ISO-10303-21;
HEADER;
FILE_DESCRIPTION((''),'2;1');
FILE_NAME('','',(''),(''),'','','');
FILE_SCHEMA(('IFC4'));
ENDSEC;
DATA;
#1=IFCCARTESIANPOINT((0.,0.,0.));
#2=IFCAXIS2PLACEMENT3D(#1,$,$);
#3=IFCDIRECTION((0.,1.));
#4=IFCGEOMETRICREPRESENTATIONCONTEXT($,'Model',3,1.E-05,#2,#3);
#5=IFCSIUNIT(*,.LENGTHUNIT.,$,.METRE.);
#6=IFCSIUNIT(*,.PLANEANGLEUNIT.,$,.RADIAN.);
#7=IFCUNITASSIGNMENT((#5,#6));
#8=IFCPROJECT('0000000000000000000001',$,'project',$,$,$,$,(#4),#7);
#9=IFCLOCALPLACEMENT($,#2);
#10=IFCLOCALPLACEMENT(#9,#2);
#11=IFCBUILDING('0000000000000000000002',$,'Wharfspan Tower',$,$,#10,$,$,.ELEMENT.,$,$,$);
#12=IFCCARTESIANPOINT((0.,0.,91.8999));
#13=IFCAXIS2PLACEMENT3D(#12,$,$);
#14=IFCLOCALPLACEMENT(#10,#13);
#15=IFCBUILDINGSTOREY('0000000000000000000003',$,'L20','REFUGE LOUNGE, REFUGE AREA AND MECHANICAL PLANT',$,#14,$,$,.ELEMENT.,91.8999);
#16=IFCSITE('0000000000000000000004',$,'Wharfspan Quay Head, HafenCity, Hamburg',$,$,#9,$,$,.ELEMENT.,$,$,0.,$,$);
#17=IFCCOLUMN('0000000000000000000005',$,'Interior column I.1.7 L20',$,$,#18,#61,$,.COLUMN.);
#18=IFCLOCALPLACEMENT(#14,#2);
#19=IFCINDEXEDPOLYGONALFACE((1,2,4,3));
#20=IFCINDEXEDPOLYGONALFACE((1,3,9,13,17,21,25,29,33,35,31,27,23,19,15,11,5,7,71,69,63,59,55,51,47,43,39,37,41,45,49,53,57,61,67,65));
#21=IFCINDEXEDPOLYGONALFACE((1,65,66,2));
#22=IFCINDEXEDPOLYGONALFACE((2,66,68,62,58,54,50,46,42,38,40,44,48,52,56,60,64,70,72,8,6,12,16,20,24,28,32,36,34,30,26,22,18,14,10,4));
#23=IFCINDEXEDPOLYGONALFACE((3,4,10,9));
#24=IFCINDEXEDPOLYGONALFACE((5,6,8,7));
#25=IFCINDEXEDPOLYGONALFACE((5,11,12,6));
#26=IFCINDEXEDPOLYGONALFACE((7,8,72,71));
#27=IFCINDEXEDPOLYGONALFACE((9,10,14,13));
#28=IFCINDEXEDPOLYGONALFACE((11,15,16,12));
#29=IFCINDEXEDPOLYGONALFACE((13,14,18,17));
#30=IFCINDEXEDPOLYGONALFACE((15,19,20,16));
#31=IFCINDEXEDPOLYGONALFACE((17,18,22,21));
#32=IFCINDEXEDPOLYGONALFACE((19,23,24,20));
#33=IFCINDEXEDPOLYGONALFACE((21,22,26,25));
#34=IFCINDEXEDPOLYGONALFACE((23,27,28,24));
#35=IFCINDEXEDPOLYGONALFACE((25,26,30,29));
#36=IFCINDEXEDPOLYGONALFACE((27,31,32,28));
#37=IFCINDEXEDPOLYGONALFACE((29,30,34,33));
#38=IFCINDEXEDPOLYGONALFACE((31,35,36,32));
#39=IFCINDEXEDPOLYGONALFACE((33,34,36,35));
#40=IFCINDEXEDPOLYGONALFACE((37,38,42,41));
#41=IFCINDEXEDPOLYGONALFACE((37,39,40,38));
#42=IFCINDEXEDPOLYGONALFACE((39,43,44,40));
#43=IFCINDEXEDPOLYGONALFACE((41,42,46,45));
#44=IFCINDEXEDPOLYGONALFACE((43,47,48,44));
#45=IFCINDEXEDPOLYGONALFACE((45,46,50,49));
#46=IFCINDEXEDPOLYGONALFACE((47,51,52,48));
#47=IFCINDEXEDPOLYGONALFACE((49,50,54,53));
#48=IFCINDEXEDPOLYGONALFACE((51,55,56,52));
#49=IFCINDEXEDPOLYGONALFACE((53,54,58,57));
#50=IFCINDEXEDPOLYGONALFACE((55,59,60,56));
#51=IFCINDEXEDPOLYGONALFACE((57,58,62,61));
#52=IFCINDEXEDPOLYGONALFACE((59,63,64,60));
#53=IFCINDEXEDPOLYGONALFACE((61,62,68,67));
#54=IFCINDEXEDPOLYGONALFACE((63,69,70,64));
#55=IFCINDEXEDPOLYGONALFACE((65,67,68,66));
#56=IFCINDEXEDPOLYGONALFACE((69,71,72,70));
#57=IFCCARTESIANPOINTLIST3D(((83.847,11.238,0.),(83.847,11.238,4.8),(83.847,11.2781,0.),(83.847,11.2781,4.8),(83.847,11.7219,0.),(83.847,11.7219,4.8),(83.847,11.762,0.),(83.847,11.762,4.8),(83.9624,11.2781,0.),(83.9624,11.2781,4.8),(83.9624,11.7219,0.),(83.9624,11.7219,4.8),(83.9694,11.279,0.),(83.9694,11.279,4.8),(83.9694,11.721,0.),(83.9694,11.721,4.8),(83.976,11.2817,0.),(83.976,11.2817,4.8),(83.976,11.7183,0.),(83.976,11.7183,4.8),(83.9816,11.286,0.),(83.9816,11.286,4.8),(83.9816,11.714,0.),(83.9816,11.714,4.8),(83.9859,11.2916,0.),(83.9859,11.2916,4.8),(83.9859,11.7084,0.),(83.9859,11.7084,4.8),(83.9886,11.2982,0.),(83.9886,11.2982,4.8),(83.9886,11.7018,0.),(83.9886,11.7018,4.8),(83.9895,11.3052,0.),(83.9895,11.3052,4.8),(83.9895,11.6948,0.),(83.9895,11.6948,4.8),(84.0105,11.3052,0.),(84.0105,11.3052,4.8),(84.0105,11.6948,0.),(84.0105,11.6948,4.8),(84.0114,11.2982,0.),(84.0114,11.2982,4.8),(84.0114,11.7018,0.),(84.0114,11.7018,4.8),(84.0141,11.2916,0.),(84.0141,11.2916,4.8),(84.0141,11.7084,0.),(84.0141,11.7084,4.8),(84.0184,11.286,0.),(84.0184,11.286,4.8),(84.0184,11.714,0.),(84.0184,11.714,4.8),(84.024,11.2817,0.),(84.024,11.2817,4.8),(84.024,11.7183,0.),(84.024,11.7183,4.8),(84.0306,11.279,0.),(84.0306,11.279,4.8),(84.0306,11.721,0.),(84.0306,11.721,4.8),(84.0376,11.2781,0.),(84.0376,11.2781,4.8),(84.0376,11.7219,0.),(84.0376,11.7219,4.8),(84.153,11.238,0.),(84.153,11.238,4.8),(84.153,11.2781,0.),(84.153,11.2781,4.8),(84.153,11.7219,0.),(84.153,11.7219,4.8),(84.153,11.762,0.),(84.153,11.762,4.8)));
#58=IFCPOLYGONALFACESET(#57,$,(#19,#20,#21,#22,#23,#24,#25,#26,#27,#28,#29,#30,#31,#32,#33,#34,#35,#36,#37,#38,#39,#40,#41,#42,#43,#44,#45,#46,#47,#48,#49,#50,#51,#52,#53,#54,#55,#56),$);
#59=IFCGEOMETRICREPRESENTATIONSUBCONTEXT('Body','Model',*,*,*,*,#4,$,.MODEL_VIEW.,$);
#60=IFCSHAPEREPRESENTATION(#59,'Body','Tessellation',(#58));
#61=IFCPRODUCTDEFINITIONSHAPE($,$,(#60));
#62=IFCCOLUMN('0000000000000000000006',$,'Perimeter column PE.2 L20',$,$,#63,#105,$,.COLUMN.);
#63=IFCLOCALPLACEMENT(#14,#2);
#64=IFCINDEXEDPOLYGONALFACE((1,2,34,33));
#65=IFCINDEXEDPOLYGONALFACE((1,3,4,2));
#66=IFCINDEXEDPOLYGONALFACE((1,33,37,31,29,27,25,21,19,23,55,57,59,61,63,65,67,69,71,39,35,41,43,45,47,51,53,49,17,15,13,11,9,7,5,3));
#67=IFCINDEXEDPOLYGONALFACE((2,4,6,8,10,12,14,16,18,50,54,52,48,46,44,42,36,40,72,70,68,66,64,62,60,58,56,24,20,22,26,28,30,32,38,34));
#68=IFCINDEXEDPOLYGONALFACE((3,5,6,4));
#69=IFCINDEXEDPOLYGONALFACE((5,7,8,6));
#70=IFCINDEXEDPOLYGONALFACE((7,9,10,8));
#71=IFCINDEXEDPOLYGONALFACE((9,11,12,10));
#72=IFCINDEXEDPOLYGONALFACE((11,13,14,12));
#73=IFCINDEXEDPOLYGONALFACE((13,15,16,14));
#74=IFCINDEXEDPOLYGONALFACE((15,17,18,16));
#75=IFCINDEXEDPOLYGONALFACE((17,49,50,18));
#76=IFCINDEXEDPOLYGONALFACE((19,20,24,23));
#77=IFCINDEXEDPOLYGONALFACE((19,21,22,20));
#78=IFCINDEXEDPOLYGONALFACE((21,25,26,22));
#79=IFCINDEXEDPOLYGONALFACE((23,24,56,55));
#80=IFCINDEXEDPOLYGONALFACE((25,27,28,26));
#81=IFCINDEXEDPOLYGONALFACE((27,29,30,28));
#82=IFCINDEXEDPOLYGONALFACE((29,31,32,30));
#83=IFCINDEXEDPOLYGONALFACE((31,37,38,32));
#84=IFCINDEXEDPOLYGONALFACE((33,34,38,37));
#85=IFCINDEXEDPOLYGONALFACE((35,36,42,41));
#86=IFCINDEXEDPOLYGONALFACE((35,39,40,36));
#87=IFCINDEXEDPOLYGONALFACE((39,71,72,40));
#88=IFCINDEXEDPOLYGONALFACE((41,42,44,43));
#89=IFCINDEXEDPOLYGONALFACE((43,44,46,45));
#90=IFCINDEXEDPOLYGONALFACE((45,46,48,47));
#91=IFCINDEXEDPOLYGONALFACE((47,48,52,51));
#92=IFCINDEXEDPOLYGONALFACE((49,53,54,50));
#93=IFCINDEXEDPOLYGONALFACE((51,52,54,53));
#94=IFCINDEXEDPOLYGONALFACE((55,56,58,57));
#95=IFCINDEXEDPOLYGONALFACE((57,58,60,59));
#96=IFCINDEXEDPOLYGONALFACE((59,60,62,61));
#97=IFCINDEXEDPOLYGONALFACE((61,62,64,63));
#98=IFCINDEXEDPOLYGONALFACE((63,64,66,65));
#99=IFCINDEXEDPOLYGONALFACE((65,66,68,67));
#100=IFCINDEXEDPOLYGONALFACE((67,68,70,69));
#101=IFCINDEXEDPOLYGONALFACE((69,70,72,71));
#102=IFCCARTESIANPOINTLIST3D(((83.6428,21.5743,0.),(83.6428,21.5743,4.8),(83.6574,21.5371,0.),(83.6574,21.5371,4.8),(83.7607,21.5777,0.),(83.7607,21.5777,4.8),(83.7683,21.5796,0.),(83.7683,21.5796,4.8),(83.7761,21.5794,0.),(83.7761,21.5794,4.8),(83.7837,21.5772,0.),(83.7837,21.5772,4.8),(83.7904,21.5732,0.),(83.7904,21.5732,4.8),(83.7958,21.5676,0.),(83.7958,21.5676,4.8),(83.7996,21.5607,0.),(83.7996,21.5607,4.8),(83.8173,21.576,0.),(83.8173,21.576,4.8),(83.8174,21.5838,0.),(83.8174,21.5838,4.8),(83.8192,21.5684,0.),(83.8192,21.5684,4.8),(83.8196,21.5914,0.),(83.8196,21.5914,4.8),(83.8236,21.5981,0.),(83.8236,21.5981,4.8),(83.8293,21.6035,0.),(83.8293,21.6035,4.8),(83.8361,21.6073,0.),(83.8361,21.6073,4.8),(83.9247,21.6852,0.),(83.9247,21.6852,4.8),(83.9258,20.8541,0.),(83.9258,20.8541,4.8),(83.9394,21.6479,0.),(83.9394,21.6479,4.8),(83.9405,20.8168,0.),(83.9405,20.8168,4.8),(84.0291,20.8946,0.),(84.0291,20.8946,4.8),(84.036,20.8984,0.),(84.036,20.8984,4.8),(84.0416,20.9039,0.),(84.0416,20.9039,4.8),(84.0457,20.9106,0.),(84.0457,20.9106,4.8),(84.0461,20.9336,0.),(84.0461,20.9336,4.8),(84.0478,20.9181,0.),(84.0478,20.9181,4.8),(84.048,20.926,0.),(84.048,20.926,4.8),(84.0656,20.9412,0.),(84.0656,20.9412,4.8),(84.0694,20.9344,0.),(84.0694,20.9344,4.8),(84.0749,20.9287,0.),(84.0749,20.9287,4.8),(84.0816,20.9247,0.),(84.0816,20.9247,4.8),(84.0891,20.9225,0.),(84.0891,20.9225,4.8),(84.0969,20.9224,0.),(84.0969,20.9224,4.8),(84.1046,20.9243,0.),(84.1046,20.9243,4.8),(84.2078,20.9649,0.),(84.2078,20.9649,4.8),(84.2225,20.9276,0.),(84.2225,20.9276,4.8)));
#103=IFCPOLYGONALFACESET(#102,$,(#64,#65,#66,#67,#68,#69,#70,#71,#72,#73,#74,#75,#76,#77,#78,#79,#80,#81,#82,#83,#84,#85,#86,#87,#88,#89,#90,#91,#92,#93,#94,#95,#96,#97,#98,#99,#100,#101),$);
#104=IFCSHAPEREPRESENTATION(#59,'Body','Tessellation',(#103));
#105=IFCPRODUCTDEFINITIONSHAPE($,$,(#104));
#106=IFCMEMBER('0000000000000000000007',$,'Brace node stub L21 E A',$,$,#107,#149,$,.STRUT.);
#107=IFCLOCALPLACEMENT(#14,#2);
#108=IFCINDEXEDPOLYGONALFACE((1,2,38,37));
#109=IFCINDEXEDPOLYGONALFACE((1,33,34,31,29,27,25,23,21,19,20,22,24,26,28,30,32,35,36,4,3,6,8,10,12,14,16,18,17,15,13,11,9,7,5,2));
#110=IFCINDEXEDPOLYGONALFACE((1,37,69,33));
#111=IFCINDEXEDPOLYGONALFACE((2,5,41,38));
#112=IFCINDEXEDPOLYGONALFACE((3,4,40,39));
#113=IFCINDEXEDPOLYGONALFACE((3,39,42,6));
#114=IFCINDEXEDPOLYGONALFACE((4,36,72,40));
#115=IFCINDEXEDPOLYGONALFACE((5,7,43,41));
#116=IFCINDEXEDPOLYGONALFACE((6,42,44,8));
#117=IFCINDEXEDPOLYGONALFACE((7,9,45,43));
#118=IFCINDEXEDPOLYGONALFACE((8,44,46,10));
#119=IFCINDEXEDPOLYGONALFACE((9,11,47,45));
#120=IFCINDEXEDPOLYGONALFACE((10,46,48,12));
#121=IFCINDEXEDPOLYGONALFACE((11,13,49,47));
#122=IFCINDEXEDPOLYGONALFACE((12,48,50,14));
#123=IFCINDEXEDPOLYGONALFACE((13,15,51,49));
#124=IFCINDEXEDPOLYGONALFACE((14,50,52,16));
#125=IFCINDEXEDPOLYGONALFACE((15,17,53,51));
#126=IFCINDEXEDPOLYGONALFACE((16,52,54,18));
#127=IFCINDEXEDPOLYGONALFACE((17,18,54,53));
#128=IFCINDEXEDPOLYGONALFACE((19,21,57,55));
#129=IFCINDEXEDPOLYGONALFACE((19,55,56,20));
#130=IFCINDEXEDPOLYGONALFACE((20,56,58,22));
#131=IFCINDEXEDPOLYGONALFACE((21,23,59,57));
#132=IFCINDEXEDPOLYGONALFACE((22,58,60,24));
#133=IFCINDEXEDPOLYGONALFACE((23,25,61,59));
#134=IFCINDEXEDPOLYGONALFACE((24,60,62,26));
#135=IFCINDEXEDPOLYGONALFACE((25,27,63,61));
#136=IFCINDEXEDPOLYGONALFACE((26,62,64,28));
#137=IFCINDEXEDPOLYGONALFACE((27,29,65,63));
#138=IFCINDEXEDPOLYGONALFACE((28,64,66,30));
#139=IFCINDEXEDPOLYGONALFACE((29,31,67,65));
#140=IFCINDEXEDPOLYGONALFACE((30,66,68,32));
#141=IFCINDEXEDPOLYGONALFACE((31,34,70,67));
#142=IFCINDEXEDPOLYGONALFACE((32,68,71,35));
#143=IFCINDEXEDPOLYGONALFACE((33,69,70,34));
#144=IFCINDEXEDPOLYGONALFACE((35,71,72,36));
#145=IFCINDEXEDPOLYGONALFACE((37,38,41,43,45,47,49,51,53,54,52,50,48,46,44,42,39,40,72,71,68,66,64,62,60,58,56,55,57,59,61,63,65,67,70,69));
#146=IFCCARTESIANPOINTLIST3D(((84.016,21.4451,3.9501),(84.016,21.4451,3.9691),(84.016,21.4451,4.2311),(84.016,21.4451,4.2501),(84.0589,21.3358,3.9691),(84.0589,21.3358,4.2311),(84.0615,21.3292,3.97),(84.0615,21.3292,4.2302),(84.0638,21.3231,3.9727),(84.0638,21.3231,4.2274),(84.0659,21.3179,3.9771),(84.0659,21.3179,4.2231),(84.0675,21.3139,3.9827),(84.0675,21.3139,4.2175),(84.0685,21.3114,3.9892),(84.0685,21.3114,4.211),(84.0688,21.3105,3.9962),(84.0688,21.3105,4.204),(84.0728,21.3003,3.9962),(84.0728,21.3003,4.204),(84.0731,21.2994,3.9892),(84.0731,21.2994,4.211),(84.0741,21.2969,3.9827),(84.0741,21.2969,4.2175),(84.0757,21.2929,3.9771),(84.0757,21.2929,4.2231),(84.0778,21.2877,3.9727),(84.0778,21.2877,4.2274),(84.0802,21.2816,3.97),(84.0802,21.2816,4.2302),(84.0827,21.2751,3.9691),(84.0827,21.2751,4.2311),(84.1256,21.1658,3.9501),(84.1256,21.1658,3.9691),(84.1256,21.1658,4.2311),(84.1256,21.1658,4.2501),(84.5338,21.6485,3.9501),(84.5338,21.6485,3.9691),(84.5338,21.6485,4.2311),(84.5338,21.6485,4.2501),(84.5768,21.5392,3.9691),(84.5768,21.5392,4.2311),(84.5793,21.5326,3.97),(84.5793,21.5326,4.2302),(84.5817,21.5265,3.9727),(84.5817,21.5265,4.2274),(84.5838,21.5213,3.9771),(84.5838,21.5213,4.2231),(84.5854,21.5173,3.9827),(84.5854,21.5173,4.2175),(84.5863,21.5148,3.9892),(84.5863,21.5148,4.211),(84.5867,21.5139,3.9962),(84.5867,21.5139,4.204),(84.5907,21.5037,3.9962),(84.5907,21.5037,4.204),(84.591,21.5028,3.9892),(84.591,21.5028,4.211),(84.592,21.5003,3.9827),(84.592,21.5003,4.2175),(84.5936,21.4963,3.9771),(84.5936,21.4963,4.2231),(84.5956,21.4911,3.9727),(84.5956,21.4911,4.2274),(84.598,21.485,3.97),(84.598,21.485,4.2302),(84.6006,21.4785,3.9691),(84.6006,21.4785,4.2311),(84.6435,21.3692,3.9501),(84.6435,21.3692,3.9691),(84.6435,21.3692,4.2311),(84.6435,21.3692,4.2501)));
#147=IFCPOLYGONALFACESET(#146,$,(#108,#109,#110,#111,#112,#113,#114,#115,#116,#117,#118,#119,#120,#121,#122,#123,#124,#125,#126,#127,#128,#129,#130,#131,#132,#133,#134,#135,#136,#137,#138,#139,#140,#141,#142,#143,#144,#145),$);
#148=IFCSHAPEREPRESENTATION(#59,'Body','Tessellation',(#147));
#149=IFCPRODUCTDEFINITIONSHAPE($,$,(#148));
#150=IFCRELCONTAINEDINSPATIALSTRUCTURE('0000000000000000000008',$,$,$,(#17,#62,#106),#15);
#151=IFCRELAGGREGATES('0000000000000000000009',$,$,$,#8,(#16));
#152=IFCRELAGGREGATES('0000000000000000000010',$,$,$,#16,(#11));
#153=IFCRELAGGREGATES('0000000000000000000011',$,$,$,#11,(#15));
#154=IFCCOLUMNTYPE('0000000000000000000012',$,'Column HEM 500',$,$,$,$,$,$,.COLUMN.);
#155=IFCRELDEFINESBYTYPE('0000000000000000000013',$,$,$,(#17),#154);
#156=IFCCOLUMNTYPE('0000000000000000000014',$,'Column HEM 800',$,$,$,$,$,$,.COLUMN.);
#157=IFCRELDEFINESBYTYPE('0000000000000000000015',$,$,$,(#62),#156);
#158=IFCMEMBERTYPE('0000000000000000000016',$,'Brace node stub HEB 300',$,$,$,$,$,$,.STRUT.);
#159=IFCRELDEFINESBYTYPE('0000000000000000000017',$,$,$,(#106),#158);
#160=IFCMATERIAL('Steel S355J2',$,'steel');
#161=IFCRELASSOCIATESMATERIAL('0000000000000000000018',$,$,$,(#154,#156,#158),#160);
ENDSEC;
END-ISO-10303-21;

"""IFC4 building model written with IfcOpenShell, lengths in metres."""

from ifc_helpers import new_model, si_unit, direction, frame, origin, origin_2d, place, context, subcontext, project, spatial, i_section, extrude, material, material_profile, profile_set, type_object, element, save


model = new_model("IFC4")

# Units and contexts
model_context = context("Model", 3, precision=1e-05, world=origin(), true_north=direction((0.0, 1.0)))
body_context = subcontext(model_context, "Body", "Model", "MODEL_VIEW")
ifc_project = project(units=[si_unit("LENGTHUNIT", "METRE"), si_unit("PLANEANGLEUNIT", "RADIAN")], contexts=[model_context])

# Site, building, storey
site_placement = place(None, origin())
site = spatial("IfcSite", under=ifc_project, at=site_placement, Name="Wharfspan Quay Head, HafenCity, Hamburg", CompositionType="ELEMENT", RefElevation=0.0)
building_placement = place(site_placement, origin())
building = spatial("IfcBuilding", under=site, at=building_placement, Name="Wharfspan Tower", CompositionType="ELEMENT")
storey_placement = place(building_placement, frame((0.0, 0.0, 91.8999)))
storey = spatial("IfcBuildingStorey", under=building, at=storey_placement, Name="L20", Description="REFUGE LOUNGE, REFUGE AREA AND MECHANICAL PLANT", CompositionType="ELEMENT", Elevation=91.8999)

# Columns
ifc_material_1 = material(Name="Steel S355J2", Category="steel")
ifc_material_profile_1 = material_profile(ifc_material_1, i_section(OverallWidth=0.3059, OverallDepth=0.5239, WebThickness=0.021, FlangeThickness=0.04, FilletRadius=0.0271, at=origin_2d()))
ifc_profile_set_1 = profile_set([ifc_material_profile_1], Name="Steel S355J2")
column_type_1 = type_object("IfcColumnType", Name="Column HEM 500", PredefinedType="COLUMN", material=ifc_profile_set_1)
column_1_placement = place(storey_placement, frame((84.0, 11.5, 0.0), z_axis=(0.0, 0.0, 1.0), x_axis=(1.0, 0.0, 0.0)))
element("IfcColumn", 1, at=column_1_placement, inside=storey, type_object=column_type_1, Name="Interior column I.1.7 L20", PredefinedType="COLUMN", context=body_context, shape_type="SweptSolid", body=[
    extrude(i_section(OverallWidth=0.3059, OverallDepth=0.5239, WebThickness=0.021, FlangeThickness=0.04, FilletRadius=0.0271, at=origin_2d()), origin(), (0.0, 0.0, 1.0), 4.8),
])
ifc_material_profile_2 = material_profile(ifc_material_1, i_section(OverallWidth=0.303, OverallDepth=0.814, WebThickness=0.021, FlangeThickness=0.04, FilletRadius=0.03, at=origin_2d()))
ifc_profile_set_2 = profile_set([ifc_material_profile_2], Name="Steel S355J2")
column_type_2 = type_object("IfcColumnType", Name="Column HEM 800", PredefinedType="COLUMN", material=ifc_profile_set_2)
column_2_placement = place(storey_placement, frame((83.9326, 21.251, 0.0), z_axis=(0.0, 0.0, 1.0), x_axis=(0.930702, 0.365778, 0.0)))
element("IfcColumn", 2, at=column_2_placement, inside=storey, type_object=column_type_2, Name="Perimeter column PE.2 L20", PredefinedType="COLUMN", context=body_context, shape_type="SweptSolid", body=[
    extrude(i_section(OverallWidth=0.303, OverallDepth=0.814, WebThickness=0.021, FlangeThickness=0.04, FilletRadius=0.03, at=origin_2d()), origin(), (0.0, 0.0, 1.0), 4.8),
])

# Member
ifc_material_profile_3 = material_profile(ifc_material_1, i_section(OverallWidth=0.3, OverallDepth=0.3, WebThickness=0.011, FlangeThickness=0.019, FilletRadius=0.0271, at=origin_2d()))
ifc_profile_set_3 = profile_set([ifc_material_profile_3], Name="Steel S355J2")
member_type_1 = type_object("IfcMemberType", Name="Brace node stub HEB 300", PredefinedType="STRUT", material=ifc_profile_set_3)
member_1_placement = place(storey_placement, frame((84.0708, 21.3054, 4.1001), z_axis=(0.930789, 0.365557, 0.0), x_axis=(-0.365557, 0.930789, 0.0)))
element("IfcMember", 3, at=member_1_placement, inside=storey, type_object=member_type_1, Name="Brace node stub L21 E A", PredefinedType="STRUT", context=body_context, shape_type="SweptSolid", body=[
    extrude(i_section(OverallWidth=0.3, OverallDepth=0.3, WebThickness=0.011, FlangeThickness=0.019, FilletRadius=0.0271, at=origin_2d()), origin(), (0.0, 0.0, 1.0), 0.5564),
])

save(model, "model.ifc")
